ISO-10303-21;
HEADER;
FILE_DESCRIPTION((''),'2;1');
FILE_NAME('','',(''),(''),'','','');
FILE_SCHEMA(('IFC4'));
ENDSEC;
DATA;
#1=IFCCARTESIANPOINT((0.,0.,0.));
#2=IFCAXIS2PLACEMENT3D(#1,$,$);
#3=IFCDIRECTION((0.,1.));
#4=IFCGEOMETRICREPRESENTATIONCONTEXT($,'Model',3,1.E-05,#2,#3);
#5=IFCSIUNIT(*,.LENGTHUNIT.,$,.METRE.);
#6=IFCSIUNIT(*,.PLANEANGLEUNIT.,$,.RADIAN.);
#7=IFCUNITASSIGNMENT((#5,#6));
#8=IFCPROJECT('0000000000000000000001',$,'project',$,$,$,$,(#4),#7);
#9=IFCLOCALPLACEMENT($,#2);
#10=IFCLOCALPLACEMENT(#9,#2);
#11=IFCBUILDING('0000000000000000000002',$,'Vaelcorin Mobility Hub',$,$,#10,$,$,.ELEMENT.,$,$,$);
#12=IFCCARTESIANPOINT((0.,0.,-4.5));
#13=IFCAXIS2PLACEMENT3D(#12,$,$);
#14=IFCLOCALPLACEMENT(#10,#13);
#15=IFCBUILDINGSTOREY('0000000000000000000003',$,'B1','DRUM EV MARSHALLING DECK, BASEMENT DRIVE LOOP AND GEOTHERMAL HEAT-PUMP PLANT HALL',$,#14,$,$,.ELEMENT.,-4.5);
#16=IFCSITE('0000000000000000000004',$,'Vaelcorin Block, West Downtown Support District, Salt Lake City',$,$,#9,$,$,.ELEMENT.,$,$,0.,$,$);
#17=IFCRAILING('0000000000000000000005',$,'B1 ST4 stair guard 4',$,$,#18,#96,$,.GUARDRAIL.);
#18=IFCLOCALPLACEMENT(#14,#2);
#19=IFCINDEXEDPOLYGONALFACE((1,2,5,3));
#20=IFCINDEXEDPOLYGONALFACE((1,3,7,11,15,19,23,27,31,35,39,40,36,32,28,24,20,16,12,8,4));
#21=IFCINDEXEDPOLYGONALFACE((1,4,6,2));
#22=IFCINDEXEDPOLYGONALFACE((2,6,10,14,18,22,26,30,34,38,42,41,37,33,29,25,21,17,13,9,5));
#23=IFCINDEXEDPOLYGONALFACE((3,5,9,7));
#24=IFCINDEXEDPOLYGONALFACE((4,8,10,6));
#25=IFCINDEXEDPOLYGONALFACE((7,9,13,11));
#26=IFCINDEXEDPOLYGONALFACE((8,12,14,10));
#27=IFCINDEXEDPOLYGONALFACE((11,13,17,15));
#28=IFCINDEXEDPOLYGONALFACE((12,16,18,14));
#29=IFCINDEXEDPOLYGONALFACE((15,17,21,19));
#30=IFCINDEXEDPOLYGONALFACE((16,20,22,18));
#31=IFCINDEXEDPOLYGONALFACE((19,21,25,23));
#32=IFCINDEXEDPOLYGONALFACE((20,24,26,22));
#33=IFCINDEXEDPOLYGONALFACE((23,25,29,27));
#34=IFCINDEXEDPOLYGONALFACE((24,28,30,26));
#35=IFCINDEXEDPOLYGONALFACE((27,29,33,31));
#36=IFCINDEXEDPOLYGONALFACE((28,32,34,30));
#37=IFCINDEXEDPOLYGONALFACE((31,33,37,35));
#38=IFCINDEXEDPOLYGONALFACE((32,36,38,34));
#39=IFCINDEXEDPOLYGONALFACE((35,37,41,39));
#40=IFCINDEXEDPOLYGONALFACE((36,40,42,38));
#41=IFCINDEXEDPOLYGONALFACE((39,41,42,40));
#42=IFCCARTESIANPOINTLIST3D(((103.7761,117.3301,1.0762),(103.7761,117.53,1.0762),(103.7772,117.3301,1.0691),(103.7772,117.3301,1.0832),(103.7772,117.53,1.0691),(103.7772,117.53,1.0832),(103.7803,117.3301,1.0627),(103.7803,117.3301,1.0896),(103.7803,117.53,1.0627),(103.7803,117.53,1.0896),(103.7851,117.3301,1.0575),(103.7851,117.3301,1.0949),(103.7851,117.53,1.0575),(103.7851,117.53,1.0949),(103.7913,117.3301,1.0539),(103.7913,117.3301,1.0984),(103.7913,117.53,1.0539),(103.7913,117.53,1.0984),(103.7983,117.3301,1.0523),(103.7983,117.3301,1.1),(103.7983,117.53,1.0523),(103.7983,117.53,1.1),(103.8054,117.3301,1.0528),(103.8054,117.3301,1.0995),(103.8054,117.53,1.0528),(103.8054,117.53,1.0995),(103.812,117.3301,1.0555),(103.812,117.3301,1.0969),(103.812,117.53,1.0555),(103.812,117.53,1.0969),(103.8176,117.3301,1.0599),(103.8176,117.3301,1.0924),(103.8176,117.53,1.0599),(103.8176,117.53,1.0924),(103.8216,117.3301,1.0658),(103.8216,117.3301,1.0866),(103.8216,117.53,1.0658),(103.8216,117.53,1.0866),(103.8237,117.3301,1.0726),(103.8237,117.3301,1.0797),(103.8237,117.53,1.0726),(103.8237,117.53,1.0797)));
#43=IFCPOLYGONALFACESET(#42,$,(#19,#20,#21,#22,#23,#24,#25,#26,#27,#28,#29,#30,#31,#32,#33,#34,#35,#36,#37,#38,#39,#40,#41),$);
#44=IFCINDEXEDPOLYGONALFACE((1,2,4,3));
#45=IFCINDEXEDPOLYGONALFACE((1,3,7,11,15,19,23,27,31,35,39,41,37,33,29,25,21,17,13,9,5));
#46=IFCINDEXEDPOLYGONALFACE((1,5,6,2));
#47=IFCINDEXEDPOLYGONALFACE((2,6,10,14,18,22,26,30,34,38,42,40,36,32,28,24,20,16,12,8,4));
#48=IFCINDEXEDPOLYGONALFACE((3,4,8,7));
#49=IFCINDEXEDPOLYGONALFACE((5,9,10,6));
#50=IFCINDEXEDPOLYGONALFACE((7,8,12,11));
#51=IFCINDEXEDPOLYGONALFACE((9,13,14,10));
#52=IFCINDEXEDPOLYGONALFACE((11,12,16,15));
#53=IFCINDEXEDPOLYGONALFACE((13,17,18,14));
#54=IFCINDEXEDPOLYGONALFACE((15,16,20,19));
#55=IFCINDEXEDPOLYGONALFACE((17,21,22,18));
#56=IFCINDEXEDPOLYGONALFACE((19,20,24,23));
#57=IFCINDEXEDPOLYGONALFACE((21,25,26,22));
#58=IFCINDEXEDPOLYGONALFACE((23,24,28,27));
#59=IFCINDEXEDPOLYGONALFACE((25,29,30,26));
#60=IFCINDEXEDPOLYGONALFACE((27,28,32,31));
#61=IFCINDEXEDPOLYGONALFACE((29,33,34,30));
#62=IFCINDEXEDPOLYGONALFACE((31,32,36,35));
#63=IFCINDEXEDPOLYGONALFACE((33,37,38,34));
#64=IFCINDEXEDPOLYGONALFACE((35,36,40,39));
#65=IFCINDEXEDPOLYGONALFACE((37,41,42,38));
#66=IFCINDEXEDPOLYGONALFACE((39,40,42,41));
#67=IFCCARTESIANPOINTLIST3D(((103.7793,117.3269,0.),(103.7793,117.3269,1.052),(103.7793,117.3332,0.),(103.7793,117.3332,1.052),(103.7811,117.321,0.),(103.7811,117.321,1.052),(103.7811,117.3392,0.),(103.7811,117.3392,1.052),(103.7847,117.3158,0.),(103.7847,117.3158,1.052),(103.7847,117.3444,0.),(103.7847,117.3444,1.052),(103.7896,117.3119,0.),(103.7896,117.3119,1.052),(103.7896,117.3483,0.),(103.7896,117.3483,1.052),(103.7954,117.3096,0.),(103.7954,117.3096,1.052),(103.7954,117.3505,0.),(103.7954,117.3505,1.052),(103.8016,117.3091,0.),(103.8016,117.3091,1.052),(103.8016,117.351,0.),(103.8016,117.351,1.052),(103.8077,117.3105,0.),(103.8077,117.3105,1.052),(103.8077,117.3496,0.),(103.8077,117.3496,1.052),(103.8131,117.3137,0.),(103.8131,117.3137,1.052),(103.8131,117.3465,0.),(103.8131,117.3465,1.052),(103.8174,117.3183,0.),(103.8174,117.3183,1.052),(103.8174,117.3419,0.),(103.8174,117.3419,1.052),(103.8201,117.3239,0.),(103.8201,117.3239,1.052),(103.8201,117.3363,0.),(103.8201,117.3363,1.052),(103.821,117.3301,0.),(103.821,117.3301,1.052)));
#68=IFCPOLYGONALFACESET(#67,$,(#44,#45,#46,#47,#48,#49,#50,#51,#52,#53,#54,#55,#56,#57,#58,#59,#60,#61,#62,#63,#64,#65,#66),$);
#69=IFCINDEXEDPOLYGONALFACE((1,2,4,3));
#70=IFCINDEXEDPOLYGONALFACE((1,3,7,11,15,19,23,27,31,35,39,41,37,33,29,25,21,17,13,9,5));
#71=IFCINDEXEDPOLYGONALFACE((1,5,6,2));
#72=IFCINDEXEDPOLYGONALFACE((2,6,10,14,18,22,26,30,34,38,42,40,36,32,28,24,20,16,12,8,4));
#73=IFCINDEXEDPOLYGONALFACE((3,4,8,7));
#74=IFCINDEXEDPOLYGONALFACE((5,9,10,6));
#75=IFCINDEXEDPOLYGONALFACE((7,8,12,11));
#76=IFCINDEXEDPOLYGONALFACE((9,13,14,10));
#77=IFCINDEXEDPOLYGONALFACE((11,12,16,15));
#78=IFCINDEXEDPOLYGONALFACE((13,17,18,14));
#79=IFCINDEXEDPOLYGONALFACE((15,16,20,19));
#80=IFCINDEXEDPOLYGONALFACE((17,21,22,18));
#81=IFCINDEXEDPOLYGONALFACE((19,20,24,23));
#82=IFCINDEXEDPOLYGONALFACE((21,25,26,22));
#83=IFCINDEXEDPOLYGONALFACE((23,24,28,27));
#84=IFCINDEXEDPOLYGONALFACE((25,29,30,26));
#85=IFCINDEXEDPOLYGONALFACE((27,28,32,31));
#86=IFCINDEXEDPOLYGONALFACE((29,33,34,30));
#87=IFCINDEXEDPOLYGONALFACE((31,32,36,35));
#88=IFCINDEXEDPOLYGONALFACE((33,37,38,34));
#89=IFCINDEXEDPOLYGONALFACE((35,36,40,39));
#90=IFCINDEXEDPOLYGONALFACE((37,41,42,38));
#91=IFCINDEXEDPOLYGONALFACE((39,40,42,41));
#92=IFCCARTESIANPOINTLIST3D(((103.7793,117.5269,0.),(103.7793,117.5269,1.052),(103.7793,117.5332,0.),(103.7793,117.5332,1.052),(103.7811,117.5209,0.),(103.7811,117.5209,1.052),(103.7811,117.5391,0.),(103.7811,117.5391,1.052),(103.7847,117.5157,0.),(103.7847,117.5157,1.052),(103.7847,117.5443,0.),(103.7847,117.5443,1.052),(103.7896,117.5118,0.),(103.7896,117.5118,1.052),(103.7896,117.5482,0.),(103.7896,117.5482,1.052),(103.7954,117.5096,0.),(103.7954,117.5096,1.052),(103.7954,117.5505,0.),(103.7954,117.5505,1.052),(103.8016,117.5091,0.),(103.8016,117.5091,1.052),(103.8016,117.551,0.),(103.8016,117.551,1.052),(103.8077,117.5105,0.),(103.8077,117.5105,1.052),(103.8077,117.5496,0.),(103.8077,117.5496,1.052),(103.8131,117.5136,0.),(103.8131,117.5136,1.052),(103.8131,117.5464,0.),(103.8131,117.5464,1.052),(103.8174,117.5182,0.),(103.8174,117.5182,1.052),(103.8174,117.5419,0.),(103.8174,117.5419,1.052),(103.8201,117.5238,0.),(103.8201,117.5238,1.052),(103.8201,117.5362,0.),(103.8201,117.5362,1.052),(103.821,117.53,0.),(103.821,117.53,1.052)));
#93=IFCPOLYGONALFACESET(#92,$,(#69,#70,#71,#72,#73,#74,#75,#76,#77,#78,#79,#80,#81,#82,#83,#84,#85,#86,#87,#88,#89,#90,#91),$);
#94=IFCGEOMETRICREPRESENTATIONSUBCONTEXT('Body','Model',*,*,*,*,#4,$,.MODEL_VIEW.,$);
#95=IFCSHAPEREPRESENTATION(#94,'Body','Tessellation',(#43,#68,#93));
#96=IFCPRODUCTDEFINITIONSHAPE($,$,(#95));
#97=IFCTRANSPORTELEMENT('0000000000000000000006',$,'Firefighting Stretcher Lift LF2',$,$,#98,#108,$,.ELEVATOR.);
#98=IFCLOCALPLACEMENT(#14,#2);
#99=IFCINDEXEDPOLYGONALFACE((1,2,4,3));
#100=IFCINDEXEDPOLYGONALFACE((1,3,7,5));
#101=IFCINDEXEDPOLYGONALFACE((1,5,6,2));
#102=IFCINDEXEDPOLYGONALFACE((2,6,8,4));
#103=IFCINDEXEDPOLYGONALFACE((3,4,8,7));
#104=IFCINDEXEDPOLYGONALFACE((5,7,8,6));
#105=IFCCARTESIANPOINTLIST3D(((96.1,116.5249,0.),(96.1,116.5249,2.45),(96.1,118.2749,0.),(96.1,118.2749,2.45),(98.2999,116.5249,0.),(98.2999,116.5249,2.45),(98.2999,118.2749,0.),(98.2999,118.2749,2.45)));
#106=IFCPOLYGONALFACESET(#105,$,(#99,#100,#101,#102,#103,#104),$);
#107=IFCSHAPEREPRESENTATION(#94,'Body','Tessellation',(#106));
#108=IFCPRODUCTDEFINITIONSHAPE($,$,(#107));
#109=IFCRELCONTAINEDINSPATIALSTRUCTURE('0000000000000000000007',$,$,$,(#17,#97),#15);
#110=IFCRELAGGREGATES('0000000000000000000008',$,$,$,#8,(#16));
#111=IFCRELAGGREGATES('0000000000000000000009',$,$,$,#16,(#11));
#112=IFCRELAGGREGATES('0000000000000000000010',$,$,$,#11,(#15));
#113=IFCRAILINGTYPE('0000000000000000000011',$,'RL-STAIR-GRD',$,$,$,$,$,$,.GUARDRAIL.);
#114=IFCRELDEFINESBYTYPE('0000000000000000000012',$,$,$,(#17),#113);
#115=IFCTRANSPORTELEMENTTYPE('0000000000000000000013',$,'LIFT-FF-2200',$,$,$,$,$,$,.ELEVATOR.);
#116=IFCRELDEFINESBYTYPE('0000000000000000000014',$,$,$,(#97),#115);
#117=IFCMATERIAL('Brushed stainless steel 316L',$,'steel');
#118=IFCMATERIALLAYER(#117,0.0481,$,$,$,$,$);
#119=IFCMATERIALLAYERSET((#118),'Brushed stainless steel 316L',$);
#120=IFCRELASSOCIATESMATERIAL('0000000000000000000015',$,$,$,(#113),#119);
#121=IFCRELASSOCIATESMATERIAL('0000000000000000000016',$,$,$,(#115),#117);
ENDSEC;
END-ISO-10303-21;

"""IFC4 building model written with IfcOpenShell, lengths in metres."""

from ifc_helpers import new_model, si_unit, direction, frame, origin, origin_2d, place, context, subcontext, project, spatial, rectangle, circle, extrude, material, layer, layer_set, type_object, element, save


model = new_model("IFC4")

# Units and contexts
model_context = context("Model", 3, precision=1e-05, world=origin(), true_north=direction((0.0, 1.0)))
body_context = subcontext(model_context, "Body", "Model", "MODEL_VIEW")
ifc_project = project(units=[si_unit("LENGTHUNIT", "METRE"), si_unit("PLANEANGLEUNIT", "RADIAN")], contexts=[model_context])

# Site, building, storey
site_placement = place(None, origin())
site = spatial("IfcSite", under=ifc_project, at=site_placement, Name="Vaelcorin Block, West Downtown Support District, Salt Lake City", CompositionType="ELEMENT", RefElevation=0.0)
building_placement = place(site_placement, origin())
building = spatial("IfcBuilding", under=site, at=building_placement, Name="Vaelcorin Mobility Hub", CompositionType="ELEMENT")
storey_placement = place(building_placement, frame((0.0, 0.0, -4.5)))
storey = spatial("IfcBuildingStorey", under=building, at=storey_placement, Name="B1", Description="DRUM EV MARSHALLING DECK, BASEMENT DRIVE LOOP AND GEOTHERMAL HEAT-PUMP PLANT HALL", CompositionType="ELEMENT", Elevation=-4.5)

# Shared definitions
ifc_material_1 = material(Name="Brushed stainless steel 316L", Category="steel")

# Railing
ifc_layer_1 = layer(ifc_material_1, 0.0481)
ifc_layer_set_1 = layer_set([ifc_layer_1], Name="Brushed stainless steel 316L")
railing_type = type_object("IfcRailingType", Name="RL-STAIR-GRD", PredefinedType="GUARDRAIL", material=ifc_layer_set_1)
railing_placement = place(storey_placement, frame((103.8, 117.3301, 0.0)))
element("IfcRailing", 1, at=railing_placement, inside=storey, type_object=railing_type, Name="B1 ST4 stair guard 4", PredefinedType="GUARDRAIL", context=body_context, shape_type="SweptSolid", body=[
    extrude(circle(Radius=0.0239, at=origin_2d()), frame((0.0, 0.0, 1.0762), z_axis=(0.0, 1.0, 0.0), x_axis=(-1.0, 0.0, 0.0)), (0.0, 0.0, 1.0), 0.2),
    extrude(circle(Radius=0.021, at=origin_2d()), origin(), (0.0, 0.0, 1.0), 1.052),
    extrude(circle(Radius=0.021, at=origin_2d()), frame((0.0, 0.2, 0.0)), (0.0, 0.0, 1.0), 1.052),
])

# Transport element
transport_element_type = type_object("IfcTransportElementType", Name="LIFT-FF-2200", PredefinedType="ELEVATOR", material=ifc_material_1)
transport_element_placement = place(storey_placement, frame((97.2, 117.3999, 0.0), z_axis=(0.0, 0.0, 1.0), x_axis=(1.0, 0.0, 0.0)))
element("IfcTransportElement", 2, at=transport_element_placement, inside=storey, type_object=transport_element_type, Name="Firefighting Stretcher Lift LF2", PredefinedType="ELEVATOR", context=body_context, shape_type="SweptSolid", body=[
    extrude(rectangle(XDim=2.2, YDim=1.75, at=origin_2d()), origin(), (0.0, 0.0, 1.0), 2.45),
])

save(model, "model.ifc")
